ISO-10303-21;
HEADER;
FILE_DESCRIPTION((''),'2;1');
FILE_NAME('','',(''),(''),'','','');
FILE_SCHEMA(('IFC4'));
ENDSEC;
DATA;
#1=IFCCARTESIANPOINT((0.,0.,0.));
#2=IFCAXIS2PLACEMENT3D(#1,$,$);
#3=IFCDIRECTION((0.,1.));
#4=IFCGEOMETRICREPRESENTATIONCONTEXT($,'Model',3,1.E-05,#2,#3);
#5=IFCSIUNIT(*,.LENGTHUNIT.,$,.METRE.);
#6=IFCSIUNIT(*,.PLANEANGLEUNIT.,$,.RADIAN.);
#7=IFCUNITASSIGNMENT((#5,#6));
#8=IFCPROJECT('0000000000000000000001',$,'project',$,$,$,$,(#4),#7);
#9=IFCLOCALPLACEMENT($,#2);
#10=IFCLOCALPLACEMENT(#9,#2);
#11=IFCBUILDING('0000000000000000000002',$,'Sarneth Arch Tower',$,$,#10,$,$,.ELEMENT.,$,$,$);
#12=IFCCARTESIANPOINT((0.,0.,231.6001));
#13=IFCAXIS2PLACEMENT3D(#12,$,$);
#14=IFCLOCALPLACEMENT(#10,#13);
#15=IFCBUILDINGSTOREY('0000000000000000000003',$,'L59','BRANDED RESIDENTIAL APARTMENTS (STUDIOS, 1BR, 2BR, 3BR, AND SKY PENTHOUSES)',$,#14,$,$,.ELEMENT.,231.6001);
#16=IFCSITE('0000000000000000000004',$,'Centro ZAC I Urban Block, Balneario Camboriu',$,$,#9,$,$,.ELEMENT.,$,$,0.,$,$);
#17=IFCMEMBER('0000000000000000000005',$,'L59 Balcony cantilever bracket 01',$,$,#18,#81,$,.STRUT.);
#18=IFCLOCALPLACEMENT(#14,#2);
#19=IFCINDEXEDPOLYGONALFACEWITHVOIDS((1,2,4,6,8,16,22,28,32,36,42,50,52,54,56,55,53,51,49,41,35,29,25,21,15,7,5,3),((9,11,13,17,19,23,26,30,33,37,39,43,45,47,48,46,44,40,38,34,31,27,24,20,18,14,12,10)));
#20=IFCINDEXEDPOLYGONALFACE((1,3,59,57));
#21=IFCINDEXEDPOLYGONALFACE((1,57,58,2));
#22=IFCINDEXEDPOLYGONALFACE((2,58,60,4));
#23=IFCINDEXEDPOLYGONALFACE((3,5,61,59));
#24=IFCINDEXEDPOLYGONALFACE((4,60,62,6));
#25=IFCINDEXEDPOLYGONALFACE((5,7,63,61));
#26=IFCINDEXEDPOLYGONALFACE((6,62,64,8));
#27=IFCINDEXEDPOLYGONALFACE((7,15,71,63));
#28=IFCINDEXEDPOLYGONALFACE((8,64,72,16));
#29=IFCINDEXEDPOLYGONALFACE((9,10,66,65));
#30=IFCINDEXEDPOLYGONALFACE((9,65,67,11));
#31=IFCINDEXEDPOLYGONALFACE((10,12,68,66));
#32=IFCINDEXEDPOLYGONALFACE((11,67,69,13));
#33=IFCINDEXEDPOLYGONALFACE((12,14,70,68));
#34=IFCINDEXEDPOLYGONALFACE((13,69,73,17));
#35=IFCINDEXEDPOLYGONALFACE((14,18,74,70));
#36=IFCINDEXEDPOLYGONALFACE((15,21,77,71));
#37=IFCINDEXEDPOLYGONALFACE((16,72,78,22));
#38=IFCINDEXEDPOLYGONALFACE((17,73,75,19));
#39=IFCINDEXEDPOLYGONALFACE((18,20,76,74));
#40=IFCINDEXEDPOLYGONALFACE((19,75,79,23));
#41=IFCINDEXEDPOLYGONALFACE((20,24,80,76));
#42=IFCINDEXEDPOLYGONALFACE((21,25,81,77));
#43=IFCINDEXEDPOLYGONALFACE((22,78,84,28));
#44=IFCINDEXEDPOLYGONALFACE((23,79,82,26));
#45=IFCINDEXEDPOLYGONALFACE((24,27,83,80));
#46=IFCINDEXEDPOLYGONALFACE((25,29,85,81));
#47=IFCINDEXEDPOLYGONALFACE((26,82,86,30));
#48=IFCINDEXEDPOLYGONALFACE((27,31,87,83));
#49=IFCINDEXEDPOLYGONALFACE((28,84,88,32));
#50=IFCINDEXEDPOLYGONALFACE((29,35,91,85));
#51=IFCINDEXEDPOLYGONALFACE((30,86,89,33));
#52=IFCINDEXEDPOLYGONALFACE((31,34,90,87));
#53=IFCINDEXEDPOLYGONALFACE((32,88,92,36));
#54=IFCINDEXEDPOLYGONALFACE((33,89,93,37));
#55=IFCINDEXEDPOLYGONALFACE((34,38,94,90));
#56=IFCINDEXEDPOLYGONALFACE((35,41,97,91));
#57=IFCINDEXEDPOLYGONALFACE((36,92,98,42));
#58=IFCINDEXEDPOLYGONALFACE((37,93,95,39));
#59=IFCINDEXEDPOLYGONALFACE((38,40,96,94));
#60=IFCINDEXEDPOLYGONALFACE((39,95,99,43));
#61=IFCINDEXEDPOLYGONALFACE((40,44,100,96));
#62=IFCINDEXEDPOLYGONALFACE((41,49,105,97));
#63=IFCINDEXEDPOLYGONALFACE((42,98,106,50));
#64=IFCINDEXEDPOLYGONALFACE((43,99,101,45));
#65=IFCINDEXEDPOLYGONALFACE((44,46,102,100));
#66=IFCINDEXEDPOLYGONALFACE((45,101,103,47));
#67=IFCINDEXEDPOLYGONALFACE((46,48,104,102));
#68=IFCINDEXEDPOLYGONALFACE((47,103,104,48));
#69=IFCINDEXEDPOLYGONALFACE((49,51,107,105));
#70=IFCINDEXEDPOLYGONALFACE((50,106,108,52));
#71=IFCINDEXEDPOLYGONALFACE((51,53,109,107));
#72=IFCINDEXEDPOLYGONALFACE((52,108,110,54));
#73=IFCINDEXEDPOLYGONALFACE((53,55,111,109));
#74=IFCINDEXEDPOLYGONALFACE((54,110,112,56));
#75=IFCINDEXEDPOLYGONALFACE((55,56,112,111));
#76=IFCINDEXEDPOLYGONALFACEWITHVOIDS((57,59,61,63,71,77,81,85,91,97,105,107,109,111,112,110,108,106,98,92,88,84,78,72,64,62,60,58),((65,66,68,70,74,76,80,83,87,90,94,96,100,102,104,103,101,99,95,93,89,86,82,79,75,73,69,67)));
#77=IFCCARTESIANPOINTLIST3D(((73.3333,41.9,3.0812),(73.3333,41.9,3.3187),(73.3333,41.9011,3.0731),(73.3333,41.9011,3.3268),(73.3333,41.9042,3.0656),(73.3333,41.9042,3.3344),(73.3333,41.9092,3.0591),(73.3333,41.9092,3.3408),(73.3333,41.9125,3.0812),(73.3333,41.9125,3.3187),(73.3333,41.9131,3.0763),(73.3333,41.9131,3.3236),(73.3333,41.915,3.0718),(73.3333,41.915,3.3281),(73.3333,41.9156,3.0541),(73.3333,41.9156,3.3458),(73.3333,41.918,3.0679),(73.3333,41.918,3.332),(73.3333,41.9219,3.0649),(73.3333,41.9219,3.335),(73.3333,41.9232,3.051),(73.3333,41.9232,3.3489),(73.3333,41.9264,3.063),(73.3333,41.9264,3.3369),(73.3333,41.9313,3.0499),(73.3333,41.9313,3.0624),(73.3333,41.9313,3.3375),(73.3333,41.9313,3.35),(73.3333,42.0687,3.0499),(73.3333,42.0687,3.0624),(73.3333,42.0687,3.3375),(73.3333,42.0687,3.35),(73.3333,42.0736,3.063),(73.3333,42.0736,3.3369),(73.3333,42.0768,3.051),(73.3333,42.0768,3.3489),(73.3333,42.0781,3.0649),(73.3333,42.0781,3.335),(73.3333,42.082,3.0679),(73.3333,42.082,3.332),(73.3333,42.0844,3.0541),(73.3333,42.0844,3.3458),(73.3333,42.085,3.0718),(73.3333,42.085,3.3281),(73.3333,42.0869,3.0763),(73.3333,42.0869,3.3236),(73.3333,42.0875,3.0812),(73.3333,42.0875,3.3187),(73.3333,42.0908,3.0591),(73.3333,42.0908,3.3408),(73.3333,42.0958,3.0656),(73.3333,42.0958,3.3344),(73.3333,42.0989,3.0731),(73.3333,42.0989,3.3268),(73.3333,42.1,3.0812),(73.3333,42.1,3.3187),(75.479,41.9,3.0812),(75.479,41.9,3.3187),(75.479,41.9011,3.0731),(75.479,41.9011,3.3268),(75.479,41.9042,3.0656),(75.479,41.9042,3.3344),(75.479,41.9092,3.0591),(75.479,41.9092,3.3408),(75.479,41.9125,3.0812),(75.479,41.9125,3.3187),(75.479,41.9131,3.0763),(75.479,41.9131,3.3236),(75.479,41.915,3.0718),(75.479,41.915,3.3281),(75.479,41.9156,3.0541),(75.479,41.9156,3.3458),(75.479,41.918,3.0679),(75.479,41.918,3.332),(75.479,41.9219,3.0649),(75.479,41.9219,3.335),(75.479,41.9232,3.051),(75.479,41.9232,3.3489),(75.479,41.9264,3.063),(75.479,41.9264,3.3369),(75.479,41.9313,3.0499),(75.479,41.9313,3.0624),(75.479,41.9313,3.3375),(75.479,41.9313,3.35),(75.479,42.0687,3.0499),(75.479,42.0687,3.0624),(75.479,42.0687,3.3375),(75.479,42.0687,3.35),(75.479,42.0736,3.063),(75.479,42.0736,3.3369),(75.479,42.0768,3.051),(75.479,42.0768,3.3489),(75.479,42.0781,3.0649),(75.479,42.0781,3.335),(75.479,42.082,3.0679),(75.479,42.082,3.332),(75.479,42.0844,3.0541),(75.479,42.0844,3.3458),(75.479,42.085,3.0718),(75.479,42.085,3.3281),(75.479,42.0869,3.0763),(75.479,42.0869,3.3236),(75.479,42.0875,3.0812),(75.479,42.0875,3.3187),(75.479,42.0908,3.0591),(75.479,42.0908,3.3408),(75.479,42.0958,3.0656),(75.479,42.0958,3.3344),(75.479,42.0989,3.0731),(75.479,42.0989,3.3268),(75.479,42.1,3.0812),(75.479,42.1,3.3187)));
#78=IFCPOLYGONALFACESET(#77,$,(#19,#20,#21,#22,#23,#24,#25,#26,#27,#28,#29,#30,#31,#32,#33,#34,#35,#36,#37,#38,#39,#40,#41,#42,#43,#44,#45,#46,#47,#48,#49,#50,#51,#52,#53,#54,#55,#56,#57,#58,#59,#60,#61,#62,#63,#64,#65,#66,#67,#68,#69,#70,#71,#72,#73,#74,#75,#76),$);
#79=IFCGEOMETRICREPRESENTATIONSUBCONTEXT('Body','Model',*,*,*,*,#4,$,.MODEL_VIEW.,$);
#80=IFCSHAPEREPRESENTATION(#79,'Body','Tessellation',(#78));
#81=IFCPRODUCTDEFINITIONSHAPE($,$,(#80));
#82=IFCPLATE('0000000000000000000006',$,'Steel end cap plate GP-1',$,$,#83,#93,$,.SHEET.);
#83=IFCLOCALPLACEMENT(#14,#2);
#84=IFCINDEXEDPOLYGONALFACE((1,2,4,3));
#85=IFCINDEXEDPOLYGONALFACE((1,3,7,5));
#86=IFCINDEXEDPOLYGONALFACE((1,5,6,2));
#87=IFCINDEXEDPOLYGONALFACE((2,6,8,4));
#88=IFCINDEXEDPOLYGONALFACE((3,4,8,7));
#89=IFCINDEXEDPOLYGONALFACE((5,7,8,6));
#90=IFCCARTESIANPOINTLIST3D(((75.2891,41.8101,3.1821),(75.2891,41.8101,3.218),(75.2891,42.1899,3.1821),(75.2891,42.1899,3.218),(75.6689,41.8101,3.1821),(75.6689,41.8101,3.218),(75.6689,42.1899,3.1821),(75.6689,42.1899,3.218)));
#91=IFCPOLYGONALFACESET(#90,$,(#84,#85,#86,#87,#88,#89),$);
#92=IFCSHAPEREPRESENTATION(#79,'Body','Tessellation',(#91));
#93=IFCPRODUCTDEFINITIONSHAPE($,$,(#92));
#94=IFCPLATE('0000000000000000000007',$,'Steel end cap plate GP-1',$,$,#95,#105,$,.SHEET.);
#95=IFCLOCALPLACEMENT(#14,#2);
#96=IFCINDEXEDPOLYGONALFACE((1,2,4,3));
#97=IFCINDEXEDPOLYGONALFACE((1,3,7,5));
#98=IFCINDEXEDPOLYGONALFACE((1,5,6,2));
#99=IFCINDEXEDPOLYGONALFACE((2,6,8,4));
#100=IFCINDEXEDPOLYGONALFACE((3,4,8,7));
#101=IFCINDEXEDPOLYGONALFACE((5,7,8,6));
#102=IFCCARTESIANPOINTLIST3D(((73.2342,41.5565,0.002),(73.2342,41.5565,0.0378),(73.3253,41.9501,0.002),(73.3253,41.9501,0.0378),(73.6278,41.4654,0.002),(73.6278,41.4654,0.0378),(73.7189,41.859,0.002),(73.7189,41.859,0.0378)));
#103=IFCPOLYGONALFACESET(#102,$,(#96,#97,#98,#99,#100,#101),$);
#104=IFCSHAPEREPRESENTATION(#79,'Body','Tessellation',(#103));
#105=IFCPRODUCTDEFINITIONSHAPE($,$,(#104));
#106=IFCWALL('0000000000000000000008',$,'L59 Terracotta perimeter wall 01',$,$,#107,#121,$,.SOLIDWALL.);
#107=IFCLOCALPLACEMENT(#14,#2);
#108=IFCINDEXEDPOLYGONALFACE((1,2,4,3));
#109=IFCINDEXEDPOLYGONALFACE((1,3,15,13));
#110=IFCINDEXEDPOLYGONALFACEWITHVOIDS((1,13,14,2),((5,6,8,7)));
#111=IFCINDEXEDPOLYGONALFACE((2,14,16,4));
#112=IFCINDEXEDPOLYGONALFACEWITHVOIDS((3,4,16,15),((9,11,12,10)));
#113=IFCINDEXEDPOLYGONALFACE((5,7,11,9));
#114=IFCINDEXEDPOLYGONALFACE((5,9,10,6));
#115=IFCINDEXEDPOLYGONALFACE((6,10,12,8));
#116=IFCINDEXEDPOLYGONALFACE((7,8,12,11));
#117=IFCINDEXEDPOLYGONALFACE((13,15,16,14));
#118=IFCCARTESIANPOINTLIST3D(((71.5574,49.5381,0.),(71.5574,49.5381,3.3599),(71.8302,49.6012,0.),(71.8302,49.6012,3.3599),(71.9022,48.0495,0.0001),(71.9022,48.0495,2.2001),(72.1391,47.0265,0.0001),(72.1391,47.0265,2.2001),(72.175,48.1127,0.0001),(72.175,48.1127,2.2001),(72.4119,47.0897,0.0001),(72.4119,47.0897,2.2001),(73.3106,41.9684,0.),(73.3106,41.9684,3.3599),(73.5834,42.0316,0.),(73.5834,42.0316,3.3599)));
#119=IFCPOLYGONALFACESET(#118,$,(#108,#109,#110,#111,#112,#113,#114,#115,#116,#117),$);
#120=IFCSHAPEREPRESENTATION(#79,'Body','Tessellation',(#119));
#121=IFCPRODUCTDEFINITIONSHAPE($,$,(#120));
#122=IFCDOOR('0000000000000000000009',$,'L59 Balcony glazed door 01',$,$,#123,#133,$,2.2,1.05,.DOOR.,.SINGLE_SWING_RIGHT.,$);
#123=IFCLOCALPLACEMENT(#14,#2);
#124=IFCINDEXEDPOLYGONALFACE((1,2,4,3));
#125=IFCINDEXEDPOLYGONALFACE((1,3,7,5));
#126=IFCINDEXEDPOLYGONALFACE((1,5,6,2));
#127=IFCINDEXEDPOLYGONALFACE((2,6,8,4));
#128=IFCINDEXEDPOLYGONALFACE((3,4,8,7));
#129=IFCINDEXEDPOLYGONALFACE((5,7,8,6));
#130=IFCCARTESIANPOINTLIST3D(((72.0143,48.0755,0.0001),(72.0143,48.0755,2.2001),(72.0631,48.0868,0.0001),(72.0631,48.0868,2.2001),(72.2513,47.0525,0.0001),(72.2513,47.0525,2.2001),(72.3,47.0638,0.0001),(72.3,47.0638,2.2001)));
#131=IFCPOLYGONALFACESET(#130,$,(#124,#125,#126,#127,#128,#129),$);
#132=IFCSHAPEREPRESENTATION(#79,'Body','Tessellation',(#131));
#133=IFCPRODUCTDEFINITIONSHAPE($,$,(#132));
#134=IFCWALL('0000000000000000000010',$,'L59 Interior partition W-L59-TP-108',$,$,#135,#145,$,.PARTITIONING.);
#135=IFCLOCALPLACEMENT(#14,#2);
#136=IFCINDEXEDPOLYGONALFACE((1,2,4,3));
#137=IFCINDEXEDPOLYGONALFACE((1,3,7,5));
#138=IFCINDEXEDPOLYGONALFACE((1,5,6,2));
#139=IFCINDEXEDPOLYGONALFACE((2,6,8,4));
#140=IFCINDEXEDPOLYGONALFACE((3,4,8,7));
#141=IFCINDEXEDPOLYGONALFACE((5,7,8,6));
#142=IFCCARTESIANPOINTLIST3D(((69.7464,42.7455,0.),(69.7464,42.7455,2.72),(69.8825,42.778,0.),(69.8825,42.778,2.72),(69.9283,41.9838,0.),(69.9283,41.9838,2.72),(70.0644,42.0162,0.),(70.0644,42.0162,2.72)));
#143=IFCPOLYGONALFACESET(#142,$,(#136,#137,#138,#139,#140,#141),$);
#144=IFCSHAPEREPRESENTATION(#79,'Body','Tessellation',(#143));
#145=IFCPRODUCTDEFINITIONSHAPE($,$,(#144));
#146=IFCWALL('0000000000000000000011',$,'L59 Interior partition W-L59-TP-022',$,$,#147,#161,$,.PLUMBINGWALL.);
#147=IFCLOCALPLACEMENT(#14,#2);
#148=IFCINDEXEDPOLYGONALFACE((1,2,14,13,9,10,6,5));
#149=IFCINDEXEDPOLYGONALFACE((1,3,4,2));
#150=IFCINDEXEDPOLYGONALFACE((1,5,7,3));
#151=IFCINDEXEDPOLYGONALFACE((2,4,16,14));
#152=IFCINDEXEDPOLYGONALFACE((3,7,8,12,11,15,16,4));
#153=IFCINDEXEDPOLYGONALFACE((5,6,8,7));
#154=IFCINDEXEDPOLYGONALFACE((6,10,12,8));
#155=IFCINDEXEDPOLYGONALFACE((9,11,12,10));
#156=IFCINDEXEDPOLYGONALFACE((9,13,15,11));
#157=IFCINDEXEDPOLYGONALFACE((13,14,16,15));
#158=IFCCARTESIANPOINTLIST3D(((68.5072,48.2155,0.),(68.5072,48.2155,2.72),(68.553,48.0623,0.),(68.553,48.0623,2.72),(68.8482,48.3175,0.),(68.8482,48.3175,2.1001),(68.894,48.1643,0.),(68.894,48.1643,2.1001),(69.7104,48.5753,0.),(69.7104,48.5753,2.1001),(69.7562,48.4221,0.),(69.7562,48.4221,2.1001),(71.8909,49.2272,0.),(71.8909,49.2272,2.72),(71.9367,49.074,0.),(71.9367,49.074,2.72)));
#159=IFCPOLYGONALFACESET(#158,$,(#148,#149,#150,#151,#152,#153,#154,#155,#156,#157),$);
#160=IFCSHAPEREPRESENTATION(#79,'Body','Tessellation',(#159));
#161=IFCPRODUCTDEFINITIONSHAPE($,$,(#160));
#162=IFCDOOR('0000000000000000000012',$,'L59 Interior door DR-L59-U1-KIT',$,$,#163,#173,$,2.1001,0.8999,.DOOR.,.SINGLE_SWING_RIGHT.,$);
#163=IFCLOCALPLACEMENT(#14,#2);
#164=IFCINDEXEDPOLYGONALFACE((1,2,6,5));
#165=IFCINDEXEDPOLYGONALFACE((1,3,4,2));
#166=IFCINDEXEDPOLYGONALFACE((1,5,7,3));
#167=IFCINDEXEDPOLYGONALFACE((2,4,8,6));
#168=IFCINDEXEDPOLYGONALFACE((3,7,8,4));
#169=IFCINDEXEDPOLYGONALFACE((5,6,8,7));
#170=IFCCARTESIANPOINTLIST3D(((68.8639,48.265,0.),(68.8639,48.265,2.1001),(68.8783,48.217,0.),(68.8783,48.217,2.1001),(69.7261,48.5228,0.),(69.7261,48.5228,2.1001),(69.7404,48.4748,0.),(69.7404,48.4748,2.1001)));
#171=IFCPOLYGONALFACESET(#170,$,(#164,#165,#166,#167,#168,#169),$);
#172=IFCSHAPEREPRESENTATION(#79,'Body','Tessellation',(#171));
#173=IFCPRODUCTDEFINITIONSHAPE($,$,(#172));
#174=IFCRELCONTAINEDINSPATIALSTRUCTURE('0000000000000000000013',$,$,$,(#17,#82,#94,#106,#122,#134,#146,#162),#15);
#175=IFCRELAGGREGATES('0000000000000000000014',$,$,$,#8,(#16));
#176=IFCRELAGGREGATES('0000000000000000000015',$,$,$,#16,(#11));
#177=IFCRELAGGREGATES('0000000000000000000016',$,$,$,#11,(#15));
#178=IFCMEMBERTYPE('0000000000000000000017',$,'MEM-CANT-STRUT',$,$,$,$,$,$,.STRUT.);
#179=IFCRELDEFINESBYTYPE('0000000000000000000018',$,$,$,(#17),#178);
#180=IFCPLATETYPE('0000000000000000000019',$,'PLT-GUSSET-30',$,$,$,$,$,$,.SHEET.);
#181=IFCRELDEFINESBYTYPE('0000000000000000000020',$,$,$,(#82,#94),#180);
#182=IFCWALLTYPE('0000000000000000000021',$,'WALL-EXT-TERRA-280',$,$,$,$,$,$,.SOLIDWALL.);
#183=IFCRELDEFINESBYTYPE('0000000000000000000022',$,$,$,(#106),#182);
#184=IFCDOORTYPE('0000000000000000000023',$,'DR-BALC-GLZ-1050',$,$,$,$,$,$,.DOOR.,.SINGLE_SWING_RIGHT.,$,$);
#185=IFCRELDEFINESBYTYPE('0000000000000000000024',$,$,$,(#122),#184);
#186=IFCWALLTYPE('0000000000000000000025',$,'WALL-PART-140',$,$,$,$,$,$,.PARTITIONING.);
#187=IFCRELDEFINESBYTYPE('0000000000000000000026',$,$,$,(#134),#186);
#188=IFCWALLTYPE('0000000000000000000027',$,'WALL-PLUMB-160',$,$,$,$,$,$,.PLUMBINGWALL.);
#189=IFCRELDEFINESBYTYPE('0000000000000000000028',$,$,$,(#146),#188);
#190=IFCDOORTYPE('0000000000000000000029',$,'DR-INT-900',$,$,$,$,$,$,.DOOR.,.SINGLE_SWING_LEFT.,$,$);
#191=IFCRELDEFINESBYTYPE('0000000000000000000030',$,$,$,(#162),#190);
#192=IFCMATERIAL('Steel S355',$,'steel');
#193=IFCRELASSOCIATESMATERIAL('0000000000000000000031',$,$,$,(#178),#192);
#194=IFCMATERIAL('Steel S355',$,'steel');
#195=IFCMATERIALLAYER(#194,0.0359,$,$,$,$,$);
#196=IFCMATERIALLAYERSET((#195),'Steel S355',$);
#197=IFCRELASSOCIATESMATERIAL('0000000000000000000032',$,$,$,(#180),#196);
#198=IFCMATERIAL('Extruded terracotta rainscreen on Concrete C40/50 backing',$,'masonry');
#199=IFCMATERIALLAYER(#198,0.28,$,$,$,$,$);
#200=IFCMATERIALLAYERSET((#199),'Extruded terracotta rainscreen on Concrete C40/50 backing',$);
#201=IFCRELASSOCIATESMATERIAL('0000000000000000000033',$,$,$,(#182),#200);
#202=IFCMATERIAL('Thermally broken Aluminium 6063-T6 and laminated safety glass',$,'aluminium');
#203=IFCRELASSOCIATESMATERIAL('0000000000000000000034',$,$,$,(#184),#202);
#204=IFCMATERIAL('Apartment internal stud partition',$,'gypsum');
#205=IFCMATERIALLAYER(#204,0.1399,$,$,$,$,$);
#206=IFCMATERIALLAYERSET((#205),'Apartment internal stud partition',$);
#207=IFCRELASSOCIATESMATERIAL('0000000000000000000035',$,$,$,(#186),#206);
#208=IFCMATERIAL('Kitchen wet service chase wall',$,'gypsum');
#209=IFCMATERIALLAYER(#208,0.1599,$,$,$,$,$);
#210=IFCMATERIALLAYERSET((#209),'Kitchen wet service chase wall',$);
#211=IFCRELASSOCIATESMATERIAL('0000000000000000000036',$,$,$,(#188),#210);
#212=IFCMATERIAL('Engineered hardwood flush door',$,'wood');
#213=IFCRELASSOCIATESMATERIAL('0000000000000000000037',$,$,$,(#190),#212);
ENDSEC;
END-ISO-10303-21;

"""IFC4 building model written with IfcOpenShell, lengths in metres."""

from ifc_helpers import new_model, si_unit, direction, frame, frame_2d, origin, origin_2d, place, context, subcontext, project, spatial, rectangle, hollow_rectangle, extrude, material, layer, layer_set, material_profile, profile_set, type_object, element, fill, save


model = new_model("IFC4")

# Units and contexts
model_context = context("Model", 3, precision=1e-05, world=origin(), true_north=direction((0.0, 1.0)))
body_context = subcontext(model_context, "Body", "Model", "MODEL_VIEW")
ifc_project = project(units=[si_unit("LENGTHUNIT", "METRE"), si_unit("PLANEANGLEUNIT", "RADIAN")], contexts=[model_context])

# Site, building, storey
site_placement = place(None, origin())
site = spatial("IfcSite", under=ifc_project, at=site_placement, Name="Centro ZAC I Urban Block, Balneario Camboriu", CompositionType="ELEMENT", RefElevation=0.0)
building_placement = place(site_placement, origin())
building = spatial("IfcBuilding", under=site, at=building_placement, Name="Sarneth Arch Tower", CompositionType="ELEMENT")
storey_placement = place(building_placement, frame((0.0, 0.0, 231.6001)))
storey = spatial("IfcBuildingStorey", under=building, at=storey_placement, Name="L59", Description="BRANDED RESIDENTIAL APARTMENTS (STUDIOS, 1BR, 2BR, 3BR, AND SKY PENTHOUSES)", CompositionType="ELEMENT", Elevation=231.6001)

# Member
ifc_material_1 = material(Name="Steel S355", Category="steel")
ifc_material_profile_1 = material_profile(ifc_material_1, hollow_rectangle(XDim=0.2, YDim=0.3, WallThickness=0.0125, InnerFilletRadius=0.0188, OuterFilletRadius=0.0312, at=origin_2d()), Name="RHS300x200x12.5")
ifc_profile_set_1 = profile_set([ifc_material_profile_1], Name="Steel S355")
member_type_1 = type_object("IfcMemberType", Name="MEM-CANT-STRUT", PredefinedType="STRUT", material=ifc_profile_set_1)
member_1_placement = place(storey_placement, frame((73.3333, 42.0, 3.2), z_axis=(1.0, 0.0, 0.0), x_axis=(0.0, 1.0, 0.0)))
element("IfcMember", 1, at=member_1_placement, inside=storey, type_object=member_type_1, Name="L59 Balcony cantilever bracket 01", PredefinedType="STRUT", context=body_context, shape_type="SweptSolid", body=[
    extrude(hollow_rectangle(XDim=0.2, YDim=0.3, WallThickness=0.0125, InnerFilletRadius=0.0188, OuterFilletRadius=0.0312, at=origin_2d()), origin(), (0.0, 0.0, 1.0), 2.1458),
])

# Plates
ifc_material_2 = material(Name="Steel S355", Category="steel")
ifc_layer_1 = layer(ifc_material_2, 0.0359)
ifc_layer_set_1 = layer_set([ifc_layer_1], Name="Steel S355")
plate_type = type_object("IfcPlateType", Name="PLT-GUSSET-30", PredefinedType="SHEET", material=ifc_layer_set_1)
plate_1_placement = place(storey_placement, frame((75.479, 42.0, 3.1821), z_axis=(0.0, 0.0, 1.0), x_axis=(1.0, 0.0, 0.0)))
element("IfcPlate", 2, at=plate_1_placement, inside=storey, type_object=plate_type, Name="Steel end cap plate GP-1", PredefinedType="SHEET", context=body_context, shape_type="SweptSolid", body=[
    extrude(rectangle(XDim=0.3799, YDim=0.3799, at=origin_2d()), origin(), (0.0, 0.0, 1.0), 0.0359),
])
plate_2_placement = place(storey_placement, frame((73.4766, 41.7078, 0.002), z_axis=(0.0, 0.0, 1.0), x_axis=(0.225461, 0.974252, 0.0)))
element("IfcPlate", 3, at=plate_2_placement, inside=storey, type_object=plate_type, Name="Steel end cap plate GP-1", PredefinedType="SHEET", context=body_context, shape_type="SweptSolid", body=[
    extrude(rectangle(XDim=0.4041, YDim=0.4041, at=origin_2d()), origin(), (0.0, 0.0, 1.0), 0.0359),
])

# Wall, opening, door
ifc_material_3 = material(Name="Extruded terracotta rainscreen on Concrete C40/50 backing", Category="masonry")
ifc_layer_2 = layer(ifc_material_3, 0.28)
ifc_layer_set_2 = layer_set([ifc_layer_2], Name="Extruded terracotta rainscreen on Concrete C40/50 backing")
wall_type_1 = type_object("IfcWallType", Name="WALL-EXT-TERRA-280", PredefinedType="SOLIDWALL", material=ifc_layer_set_2)
wall_1_placement = place(storey_placement, frame((73.447, 42.0, 0.0), z_axis=(0.0, 0.0, 1.0), x_axis=(-0.225635, 0.974212, 0.0)))
wall_1 = element("IfcWall", 4, at=wall_1_placement, inside=storey, type_object=wall_type_1, Name="L59 Terracotta perimeter wall 01", PredefinedType="SOLIDWALL", context=body_context, shape_type="SweptSolid", body=[
    extrude(rectangle(XDim=7.77, YDim=0.28, at=frame_2d((3.885, 0.0))), origin(), (0.0, 0.0, 1.0), 3.3599),
])
opening_1_placement = place(wall_1_placement, frame((5.1921, 0.0, 0.0)))
opening_1 = element("IfcOpeningElement", 5, at=opening_1_placement, cuts=wall_1, PredefinedType="OPENING", context=body_context, shape_type="SweptSolid", body=[
    extrude(rectangle(XDim=1.05, YDim=2.2, at=frame_2d((0.5249, 1.1001))), frame((0.0, 0.1499, 0.0), z_axis=(0.0, -1.0, 0.0), x_axis=(1.0, 0.0, 0.0)), (0.0, 0.0, 1.0), 0.3),
])
ifc_material_4 = material(Name="Thermally broken Aluminium 6063-T6 and laminated safety glass", Category="aluminium")
door_type_1 = type_object("IfcDoorType", Name="DR-BALC-GLZ-1050", OperationType="SINGLE_SWING_RIGHT", PredefinedType="DOOR", material=ifc_material_4)
door_1_placement = place(opening_1_placement, origin())
door_1 = element("IfcDoor", 6, at=door_1_placement, inside=storey, type_object=door_type_1, Name="L59 Balcony glazed door 01", OperationType="SINGLE_SWING_RIGHT", OverallHeight=2.2, OverallWidth=1.05, PredefinedType="DOOR", context=body_context, shape_type="SweptSolid", body=[
    extrude(rectangle(XDim=1.05, YDim=2.2, at=frame_2d((0.5249, 1.1001))), frame((0.0, 0.0249, 0.0), z_axis=(0.0, -1.0, 0.0), x_axis=(1.0, 0.0, 0.0)), (0.0, 0.0, 1.0), 0.05),
])
fill(opening_1, door_1)

# Wall
ifc_material_5 = material(Name="Apartment internal stud partition", Category="gypsum")
ifc_layer_3 = layer(ifc_material_5, 0.1399)
ifc_layer_set_3 = layer_set([ifc_layer_3], Name="Apartment internal stud partition")
wall_type_2 = type_object("IfcWallType", Name="WALL-PART-140", PredefinedType="PARTITIONING", material=ifc_layer_set_3)
wall_2_placement = place(storey_placement, frame((69.9963, 42.0, 0.0), z_axis=(0.0, 0.0, 1.0), x_axis=(-0.232253, 0.972655, 0.0)))
element("IfcWall", 7, at=wall_2_placement, inside=storey, type_object=wall_type_2, Name="L59 Interior partition W-L59-TP-108", PredefinedType="PARTITIONING", context=body_context, shape_type="SweptSolid", body=[
    extrude(rectangle(XDim=0.7832, YDim=0.1399, at=frame_2d((0.3916, 0.0))), origin(), (0.0, 0.0, 1.0), 2.72),
])

# Wall, opening, door
ifc_material_6 = material(Name="Kitchen wet service chase wall", Category="gypsum")
ifc_layer_4 = layer(ifc_material_6, 0.1599)
ifc_layer_set_4 = layer_set([ifc_layer_4], Name="Kitchen wet service chase wall")
wall_type_3 = type_object("IfcWallType", Name="WALL-PLUMB-160", PredefinedType="PLUMBINGWALL", material=ifc_layer_set_4)
wall_3_placement = place(storey_placement, frame((71.9138, 49.1506, 0.0), z_axis=(0.0, 0.0, 1.0), x_axis=(-0.958092, -0.28646, 0.0)))
wall_3 = element("IfcWall", 8, at=wall_3_placement, inside=storey, type_object=wall_type_3, Name="L59 Interior partition W-L59-TP-022", PredefinedType="PLUMBINGWALL", context=body_context, shape_type="SweptSolid", body=[
    extrude(rectangle(XDim=3.5317, YDim=0.1599, at=frame_2d((1.7659, 0.0))), origin(), (0.0, 0.0, 1.0), 2.72),
])
opening_2_placement = place(wall_3_placement, frame((2.2759, 0.0, 0.0)))
opening_2 = element("IfcOpeningElement", 9, at=opening_2_placement, cuts=wall_3, PredefinedType="OPENING", context=body_context, shape_type="SweptSolid", body=[
    extrude(rectangle(XDim=0.8999, YDim=2.1001, at=frame_2d((0.45, 1.05))), frame((0.0, 0.0898, 0.0), z_axis=(0.0, -1.0, 0.0), x_axis=(1.0, 0.0, 0.0)), (0.0, 0.0, 1.0), 0.1799),
])
ifc_material_7 = material(Name="Engineered hardwood flush door", Category="wood")
door_type_2 = type_object("IfcDoorType", Name="DR-INT-900", OperationType="SINGLE_SWING_LEFT", PredefinedType="DOOR", material=ifc_material_7)
door_2_placement = place(opening_2_placement, origin())
door_2 = element("IfcDoor", 10, at=door_2_placement, inside=storey, type_object=door_type_2, Name="L59 Interior door DR-L59-U1-KIT", OperationType="SINGLE_SWING_RIGHT", OverallHeight=2.1001, OverallWidth=0.8999, PredefinedType="DOOR", context=body_context, shape_type="SweptSolid", body=[
    extrude(rectangle(XDim=0.8999, YDim=2.1001, at=frame_2d((0.45, 1.05))), frame((0.0, 0.0249, 0.0), z_axis=(0.0, -1.0, 0.0), x_axis=(1.0, 0.0, 0.0)), (0.0, 0.0, 1.0), 0.05),
])
fill(opening_2, door_2)

save(model, "model.ifc")
